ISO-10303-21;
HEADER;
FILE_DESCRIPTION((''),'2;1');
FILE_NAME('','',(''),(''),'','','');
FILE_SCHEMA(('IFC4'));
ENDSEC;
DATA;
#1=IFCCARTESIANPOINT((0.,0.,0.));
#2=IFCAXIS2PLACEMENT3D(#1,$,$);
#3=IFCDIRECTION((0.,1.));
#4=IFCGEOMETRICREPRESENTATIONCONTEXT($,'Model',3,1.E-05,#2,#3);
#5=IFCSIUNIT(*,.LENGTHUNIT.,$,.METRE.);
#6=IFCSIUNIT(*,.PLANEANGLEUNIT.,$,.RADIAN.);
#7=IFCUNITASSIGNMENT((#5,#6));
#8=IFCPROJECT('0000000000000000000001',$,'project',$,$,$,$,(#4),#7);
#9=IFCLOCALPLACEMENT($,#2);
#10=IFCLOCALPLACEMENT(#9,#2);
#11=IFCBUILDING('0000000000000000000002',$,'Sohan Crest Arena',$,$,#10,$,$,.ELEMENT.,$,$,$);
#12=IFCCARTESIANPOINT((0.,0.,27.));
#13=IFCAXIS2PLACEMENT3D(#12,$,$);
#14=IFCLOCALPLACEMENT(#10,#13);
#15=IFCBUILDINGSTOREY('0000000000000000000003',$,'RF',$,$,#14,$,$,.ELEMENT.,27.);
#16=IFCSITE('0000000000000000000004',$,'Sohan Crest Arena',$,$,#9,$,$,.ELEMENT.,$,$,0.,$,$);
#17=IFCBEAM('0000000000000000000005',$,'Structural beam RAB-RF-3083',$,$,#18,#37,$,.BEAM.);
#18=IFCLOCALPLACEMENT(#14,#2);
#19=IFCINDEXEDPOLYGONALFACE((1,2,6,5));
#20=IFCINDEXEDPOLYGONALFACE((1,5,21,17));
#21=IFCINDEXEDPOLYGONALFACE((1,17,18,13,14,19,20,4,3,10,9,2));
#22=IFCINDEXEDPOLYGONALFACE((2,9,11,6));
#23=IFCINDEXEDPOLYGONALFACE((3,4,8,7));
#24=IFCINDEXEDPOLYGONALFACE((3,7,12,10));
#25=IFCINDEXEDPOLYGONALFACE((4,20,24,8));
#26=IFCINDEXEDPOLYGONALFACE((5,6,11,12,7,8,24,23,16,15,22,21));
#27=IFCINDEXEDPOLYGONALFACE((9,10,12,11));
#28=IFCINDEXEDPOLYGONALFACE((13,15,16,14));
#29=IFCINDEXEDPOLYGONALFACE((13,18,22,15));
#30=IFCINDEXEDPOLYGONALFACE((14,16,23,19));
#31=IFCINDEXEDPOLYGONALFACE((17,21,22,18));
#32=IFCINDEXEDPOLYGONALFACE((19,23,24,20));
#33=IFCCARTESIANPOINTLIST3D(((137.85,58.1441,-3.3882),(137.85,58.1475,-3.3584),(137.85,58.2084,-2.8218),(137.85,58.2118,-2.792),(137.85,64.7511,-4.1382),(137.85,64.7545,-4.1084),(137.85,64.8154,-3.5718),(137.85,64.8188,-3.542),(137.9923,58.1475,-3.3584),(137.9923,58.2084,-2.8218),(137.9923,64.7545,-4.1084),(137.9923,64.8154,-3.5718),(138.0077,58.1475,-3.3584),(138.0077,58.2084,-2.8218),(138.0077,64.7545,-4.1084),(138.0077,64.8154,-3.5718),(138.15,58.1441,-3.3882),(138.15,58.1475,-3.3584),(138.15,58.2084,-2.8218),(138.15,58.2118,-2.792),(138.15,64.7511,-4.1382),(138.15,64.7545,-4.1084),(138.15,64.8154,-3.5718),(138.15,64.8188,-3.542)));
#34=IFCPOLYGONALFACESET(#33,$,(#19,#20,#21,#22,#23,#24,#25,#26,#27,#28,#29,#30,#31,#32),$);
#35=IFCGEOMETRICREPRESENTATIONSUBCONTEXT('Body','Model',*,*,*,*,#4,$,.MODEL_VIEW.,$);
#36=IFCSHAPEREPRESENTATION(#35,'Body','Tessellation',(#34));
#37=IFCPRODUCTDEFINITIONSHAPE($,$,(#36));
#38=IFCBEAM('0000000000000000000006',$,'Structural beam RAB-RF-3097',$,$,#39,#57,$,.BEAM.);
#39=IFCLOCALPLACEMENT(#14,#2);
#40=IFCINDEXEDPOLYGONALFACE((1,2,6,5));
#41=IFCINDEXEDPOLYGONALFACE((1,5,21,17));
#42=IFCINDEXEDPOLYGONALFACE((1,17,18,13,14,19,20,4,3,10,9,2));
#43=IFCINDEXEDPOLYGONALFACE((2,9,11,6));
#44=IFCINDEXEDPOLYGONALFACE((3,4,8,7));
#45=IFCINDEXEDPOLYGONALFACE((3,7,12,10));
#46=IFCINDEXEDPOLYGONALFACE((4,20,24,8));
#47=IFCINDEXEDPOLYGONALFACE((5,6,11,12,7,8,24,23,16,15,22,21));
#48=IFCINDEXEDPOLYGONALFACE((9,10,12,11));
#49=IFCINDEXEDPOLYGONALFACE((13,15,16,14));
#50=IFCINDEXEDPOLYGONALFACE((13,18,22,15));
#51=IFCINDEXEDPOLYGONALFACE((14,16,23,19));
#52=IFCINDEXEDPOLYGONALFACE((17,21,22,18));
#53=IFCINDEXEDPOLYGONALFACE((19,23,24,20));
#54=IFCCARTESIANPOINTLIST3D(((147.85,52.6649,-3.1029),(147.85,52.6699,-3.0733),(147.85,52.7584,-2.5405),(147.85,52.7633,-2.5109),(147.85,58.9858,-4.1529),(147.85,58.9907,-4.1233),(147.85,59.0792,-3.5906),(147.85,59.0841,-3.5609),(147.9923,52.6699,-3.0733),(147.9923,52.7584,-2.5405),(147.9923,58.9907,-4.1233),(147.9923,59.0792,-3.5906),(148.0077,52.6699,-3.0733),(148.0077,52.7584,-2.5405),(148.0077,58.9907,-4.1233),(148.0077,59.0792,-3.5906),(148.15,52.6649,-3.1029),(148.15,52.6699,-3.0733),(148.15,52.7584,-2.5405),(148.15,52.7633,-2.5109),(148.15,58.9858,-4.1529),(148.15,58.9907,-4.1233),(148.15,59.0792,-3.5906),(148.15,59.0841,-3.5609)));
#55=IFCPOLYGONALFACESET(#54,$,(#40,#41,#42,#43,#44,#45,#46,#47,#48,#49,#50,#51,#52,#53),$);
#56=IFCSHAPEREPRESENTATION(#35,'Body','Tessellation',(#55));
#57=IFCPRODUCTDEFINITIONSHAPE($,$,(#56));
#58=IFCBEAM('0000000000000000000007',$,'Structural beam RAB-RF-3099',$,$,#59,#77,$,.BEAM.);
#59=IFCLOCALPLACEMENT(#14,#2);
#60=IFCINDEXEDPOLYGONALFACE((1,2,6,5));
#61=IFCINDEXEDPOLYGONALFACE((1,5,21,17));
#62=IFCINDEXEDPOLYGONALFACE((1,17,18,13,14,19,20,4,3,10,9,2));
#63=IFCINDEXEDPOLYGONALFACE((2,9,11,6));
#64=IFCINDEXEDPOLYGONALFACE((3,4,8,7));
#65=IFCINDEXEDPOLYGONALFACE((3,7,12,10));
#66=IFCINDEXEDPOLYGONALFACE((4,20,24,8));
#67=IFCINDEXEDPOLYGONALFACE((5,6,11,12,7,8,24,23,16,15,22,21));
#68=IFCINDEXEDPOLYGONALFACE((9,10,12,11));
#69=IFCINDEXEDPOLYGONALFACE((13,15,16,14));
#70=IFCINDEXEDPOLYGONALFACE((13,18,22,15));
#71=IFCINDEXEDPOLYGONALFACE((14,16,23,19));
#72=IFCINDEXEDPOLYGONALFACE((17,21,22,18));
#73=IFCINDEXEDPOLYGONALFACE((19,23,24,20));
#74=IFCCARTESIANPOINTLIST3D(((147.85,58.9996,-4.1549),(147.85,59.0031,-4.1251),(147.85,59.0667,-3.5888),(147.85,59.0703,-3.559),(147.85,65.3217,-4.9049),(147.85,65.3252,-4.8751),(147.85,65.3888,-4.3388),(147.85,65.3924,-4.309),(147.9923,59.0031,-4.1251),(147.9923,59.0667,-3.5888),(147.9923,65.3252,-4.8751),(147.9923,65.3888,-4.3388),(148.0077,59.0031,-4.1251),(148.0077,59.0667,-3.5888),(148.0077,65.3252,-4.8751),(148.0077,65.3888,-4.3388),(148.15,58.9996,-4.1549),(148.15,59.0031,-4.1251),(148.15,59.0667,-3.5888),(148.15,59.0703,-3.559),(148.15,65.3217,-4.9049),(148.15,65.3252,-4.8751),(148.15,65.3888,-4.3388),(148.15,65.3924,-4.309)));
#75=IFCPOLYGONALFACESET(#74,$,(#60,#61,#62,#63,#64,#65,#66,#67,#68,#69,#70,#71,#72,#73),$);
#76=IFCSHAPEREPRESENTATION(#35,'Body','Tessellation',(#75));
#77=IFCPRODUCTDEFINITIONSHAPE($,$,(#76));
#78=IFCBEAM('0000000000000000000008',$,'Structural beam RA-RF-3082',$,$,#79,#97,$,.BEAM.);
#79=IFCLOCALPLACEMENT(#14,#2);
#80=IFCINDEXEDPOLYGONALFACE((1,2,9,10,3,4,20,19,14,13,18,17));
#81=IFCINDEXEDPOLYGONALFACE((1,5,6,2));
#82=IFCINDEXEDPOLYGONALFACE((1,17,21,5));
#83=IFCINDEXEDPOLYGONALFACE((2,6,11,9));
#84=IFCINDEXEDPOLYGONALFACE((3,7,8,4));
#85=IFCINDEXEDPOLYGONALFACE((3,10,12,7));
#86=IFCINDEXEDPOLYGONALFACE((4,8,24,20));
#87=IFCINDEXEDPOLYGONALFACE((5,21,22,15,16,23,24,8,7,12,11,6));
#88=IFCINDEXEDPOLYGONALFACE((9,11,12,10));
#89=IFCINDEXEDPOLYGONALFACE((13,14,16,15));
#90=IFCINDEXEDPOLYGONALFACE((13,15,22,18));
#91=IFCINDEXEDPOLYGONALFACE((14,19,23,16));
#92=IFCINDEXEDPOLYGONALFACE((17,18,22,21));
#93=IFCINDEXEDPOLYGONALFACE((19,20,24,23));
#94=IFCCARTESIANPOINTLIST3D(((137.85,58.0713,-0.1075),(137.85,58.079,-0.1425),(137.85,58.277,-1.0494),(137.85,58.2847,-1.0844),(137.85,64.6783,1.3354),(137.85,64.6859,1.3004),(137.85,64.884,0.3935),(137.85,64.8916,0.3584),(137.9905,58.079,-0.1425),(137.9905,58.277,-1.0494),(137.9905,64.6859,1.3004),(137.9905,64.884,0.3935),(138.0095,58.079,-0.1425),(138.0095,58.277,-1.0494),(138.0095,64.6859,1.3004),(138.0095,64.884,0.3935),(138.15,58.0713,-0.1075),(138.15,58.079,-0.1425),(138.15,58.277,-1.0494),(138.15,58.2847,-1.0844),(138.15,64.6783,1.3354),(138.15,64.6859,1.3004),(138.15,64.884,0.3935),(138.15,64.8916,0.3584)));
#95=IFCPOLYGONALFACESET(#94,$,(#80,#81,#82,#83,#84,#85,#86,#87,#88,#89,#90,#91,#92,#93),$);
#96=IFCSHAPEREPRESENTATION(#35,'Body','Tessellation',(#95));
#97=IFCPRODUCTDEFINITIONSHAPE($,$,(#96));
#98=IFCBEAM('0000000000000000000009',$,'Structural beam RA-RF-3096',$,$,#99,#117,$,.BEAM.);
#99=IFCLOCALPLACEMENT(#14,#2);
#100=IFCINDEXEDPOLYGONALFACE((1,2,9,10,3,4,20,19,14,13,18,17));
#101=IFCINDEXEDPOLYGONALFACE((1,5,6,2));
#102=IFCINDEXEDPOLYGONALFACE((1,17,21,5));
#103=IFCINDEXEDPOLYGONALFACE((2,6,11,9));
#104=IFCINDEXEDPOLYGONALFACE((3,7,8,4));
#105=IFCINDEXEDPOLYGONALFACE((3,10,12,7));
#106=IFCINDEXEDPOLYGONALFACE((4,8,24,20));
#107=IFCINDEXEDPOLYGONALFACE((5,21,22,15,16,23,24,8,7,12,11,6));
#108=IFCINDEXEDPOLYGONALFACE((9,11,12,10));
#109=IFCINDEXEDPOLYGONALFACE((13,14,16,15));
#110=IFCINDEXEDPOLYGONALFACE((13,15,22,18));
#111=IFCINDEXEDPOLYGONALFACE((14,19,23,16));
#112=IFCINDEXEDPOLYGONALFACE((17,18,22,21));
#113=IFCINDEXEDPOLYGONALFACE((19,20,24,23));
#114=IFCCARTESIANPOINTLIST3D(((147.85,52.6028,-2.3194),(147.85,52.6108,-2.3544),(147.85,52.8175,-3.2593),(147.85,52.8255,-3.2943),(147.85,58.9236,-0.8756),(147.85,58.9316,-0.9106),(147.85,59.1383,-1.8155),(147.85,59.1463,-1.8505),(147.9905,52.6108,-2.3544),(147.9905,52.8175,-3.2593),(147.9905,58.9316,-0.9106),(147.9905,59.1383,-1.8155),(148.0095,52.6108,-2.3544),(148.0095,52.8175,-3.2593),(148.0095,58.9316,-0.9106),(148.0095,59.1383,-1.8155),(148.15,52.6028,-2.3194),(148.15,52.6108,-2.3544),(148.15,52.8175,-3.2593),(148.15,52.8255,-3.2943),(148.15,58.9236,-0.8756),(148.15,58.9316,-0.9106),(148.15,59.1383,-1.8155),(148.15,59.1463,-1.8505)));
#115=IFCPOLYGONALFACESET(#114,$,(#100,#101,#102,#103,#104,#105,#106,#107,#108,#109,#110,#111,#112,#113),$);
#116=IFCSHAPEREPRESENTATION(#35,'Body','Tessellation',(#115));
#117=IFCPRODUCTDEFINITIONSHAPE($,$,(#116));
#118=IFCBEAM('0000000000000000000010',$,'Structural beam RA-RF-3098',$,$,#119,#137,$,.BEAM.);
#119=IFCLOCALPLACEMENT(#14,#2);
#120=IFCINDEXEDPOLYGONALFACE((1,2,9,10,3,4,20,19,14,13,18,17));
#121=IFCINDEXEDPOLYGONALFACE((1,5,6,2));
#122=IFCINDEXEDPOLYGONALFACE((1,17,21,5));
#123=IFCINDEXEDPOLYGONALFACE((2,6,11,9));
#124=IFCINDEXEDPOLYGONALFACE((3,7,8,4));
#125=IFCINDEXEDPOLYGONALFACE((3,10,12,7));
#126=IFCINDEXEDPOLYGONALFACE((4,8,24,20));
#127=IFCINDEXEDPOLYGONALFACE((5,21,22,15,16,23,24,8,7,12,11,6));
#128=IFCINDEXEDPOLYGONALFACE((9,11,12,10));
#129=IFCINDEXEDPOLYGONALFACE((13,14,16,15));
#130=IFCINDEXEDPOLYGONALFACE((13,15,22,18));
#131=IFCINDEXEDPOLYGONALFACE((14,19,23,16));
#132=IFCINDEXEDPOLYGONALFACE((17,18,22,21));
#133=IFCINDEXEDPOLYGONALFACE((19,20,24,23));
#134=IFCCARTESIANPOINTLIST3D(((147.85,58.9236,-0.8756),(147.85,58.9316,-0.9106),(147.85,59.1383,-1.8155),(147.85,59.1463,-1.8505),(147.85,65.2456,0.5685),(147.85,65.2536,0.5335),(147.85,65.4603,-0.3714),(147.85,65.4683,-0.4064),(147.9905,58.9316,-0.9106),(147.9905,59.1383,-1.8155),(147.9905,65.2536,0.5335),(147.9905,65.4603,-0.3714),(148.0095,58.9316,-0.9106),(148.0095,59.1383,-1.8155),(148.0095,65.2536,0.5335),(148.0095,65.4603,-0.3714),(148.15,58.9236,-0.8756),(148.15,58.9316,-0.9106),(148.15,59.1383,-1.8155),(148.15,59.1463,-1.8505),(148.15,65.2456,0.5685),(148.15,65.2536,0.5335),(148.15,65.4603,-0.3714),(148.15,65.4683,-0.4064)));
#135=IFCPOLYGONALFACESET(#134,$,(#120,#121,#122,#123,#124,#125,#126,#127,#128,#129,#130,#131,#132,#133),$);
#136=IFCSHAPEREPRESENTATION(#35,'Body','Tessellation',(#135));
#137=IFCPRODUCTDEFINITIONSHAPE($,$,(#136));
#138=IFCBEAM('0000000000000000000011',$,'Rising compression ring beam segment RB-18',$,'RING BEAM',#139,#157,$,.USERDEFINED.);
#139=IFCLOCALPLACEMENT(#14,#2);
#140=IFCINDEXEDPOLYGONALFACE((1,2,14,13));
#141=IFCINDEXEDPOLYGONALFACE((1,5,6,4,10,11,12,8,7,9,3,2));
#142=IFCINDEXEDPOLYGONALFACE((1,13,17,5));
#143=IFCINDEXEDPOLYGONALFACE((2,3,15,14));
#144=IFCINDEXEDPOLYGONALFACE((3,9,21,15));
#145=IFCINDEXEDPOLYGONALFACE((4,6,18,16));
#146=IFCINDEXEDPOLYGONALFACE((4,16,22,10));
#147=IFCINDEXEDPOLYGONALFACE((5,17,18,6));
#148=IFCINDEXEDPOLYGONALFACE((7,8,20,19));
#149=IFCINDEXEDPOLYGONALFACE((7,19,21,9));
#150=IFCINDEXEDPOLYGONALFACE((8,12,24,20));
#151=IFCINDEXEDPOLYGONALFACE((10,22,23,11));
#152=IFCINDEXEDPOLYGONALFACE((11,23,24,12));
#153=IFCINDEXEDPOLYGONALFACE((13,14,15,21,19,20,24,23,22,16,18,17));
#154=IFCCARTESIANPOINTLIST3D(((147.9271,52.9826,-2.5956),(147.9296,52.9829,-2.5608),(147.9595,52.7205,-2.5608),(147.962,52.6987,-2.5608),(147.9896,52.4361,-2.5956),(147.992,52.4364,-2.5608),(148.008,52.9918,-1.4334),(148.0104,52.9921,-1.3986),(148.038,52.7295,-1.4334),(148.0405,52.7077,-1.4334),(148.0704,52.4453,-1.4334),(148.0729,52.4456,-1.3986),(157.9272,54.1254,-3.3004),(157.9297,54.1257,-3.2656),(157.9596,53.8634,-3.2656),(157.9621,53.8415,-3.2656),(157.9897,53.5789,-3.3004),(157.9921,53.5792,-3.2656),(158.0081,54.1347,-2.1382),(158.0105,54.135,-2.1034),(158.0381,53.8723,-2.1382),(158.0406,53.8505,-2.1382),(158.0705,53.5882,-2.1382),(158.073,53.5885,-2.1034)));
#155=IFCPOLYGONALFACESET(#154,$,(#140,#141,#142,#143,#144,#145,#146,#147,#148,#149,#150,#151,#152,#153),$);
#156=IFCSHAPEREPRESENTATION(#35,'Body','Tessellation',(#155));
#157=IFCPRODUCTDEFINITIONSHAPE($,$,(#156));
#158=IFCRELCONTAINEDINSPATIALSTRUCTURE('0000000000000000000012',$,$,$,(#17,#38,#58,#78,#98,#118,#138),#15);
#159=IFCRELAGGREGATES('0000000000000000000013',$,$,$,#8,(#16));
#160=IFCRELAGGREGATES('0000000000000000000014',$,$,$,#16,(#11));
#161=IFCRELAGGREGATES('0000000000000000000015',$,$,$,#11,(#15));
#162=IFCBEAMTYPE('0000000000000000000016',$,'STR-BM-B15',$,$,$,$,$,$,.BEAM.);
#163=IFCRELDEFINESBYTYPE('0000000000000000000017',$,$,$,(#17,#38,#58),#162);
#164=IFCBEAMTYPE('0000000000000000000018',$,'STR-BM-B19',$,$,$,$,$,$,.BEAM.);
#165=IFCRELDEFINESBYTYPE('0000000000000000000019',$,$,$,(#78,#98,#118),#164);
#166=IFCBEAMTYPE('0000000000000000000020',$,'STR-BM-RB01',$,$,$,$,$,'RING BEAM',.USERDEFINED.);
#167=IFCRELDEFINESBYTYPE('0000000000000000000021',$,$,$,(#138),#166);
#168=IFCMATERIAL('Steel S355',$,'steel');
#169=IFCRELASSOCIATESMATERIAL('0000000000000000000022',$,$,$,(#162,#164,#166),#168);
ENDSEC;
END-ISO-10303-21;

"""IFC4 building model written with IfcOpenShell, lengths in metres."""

from ifc_helpers import new_model, si_unit, direction, frame, origin, origin_2d, place, context, subcontext, project, spatial, i_section, extrude, material, material_profile, profile_set, type_object, element, save


model = new_model("IFC4")

# Units and contexts
model_context = context("Model", 3, precision=1e-05, world=origin(), true_north=direction((0.0, 1.0)))
body_context = subcontext(model_context, "Body", "Model", "MODEL_VIEW")
ifc_project = project(units=[si_unit("LENGTHUNIT", "METRE"), si_unit("PLANEANGLEUNIT", "RADIAN")], contexts=[model_context])

# Site, building, storey
site_placement = place(None, origin())
site = spatial("IfcSite", under=ifc_project, at=site_placement, Name="Sohan Crest Arena", CompositionType="ELEMENT", RefElevation=0.0)
building_placement = place(site_placement, origin())
building = spatial("IfcBuilding", under=site, at=building_placement, Name="Sohan Crest Arena", CompositionType="ELEMENT")
storey_placement = place(building_placement, frame((0.0, 0.0, 27.0)))
storey = spatial("IfcBuildingStorey", under=building, at=storey_placement, Name="RF", CompositionType="ELEMENT", Elevation=27.0)

# Beams
ifc_material_1 = material(Name="Steel S355", Category="steel")
ifc_material_profile_1 = material_profile(ifc_material_1, i_section(OverallWidth=0.3, OverallDepth=0.6001, WebThickness=0.0154, FlangeThickness=0.03, at=origin_2d()), Name="HEB 600")
ifc_profile_set_1 = profile_set([ifc_material_profile_1], Name="Steel S355")
beam_type_1 = type_object("IfcBeamType", Name="STR-BM-B15", PredefinedType="BEAM", material=ifc_profile_set_1)
beam_1_placement = place(storey_placement, frame((138.0, 58.178, -3.0901), z_axis=(0.0, 0.993619, -0.112793), x_axis=(-1.0, 0.0, 0.0)))
element("IfcBeam", 1, at=beam_1_placement, inside=storey, type_object=beam_type_1, Name="Structural beam RAB-RF-3083", PredefinedType="BEAM", context=body_context, shape_type="SweptSolid", body=[
    extrude(i_section(OverallWidth=0.3, OverallDepth=0.6001, WebThickness=0.0154, FlangeThickness=0.03, at=origin_2d()), origin(), (0.0, 0.0, 1.0), 6.6494),
])
beam_2_placement = place(storey_placement, frame((148.0, 52.7141, -2.8069), z_axis=(0.0, 0.98648, -0.16388), x_axis=(-1.0, 0.0, 0.0)))
element("IfcBeam", 2, at=beam_2_placement, inside=storey, type_object=beam_type_1, Name="Structural beam RAB-RF-3097", PredefinedType="BEAM", context=body_context, shape_type="SweptSolid", body=[
    extrude(i_section(OverallWidth=0.3, OverallDepth=0.6001, WebThickness=0.0154, FlangeThickness=0.03, at=origin_2d()), origin(), (0.0, 0.0, 1.0), 6.4075),
])
beam_3_placement = place(storey_placement, frame((148.0, 59.0349, -3.8569), z_axis=(0.0, 0.993037, -0.117807), x_axis=(-1.0, 0.0, 0.0)))
element("IfcBeam", 3, at=beam_3_placement, inside=storey, type_object=beam_type_1, Name="Structural beam RAB-RF-3099", PredefinedType="BEAM", context=body_context, shape_type="SweptSolid", body=[
    extrude(i_section(OverallWidth=0.3, OverallDepth=0.6001, WebThickness=0.0154, FlangeThickness=0.03, at=origin_2d()), origin(), (0.0, 0.0, 1.0), 6.3665),
])
ifc_material_profile_2 = material_profile(ifc_material_1, i_section(OverallWidth=0.3, OverallDepth=1.0, WebThickness=0.019, FlangeThickness=0.0359, at=origin_2d()), Name="HEB 1000")
ifc_profile_set_2 = profile_set([ifc_material_profile_2], Name="Steel S355")
beam_type_2 = type_object("IfcBeamType", Name="STR-BM-B19", PredefinedType="BEAM", material=ifc_profile_set_2)
beam_4_placement = place(storey_placement, frame((138.0, 58.178, -0.5959), z_axis=(0.0, 0.976974, 0.213359), x_axis=(-1.0, 0.0, 0.0)))
element("IfcBeam", 4, at=beam_4_placement, inside=storey, type_object=beam_type_2, Name="Structural beam RA-RF-3082", PredefinedType="BEAM", context=body_context, shape_type="SweptSolid", body=[
    extrude(i_section(OverallWidth=0.3, OverallDepth=1.0, WebThickness=0.019, FlangeThickness=0.0359, at=origin_2d()), origin(), (0.0, 0.0, 1.0), 6.7627),
])
beam_5_placement = place(storey_placement, frame((148.0, 52.7141, -2.8069), z_axis=(0.0, 0.974889, 0.222692), x_axis=(-1.0, 0.0, 0.0)))
element("IfcBeam", 5, at=beam_5_placement, inside=storey, type_object=beam_type_2, Name="Structural beam RA-RF-3096", PredefinedType="BEAM", context=body_context, shape_type="SweptSolid", body=[
    extrude(i_section(OverallWidth=0.3, OverallDepth=1.0, WebThickness=0.019, FlangeThickness=0.0359, at=origin_2d()), origin(), (0.0, 0.0, 1.0), 6.4836),
])
beam_6_placement = place(storey_placement, frame((148.0, 59.0349, -1.363), z_axis=(0.0, 0.97489, 0.222687), x_axis=(-1.0, 0.0, 0.0)))
element("IfcBeam", 6, at=beam_6_placement, inside=storey, type_object=beam_type_2, Name="Structural beam RA-RF-3098", PredefinedType="BEAM", context=body_context, shape_type="SweptSolid", body=[
    extrude(i_section(OverallWidth=0.3, OverallDepth=1.0, WebThickness=0.019, FlangeThickness=0.0359, at=origin_2d()), origin(), (0.0, 0.0, 1.0), 6.4849),
])
ifc_material_profile_3 = material_profile(ifc_material_1, i_section(OverallWidth=0.55, OverallDepth=1.2, WebThickness=0.022, FlangeThickness=0.0349, at=origin_2d()), Name="PG 1200x550x22x35")
ifc_profile_set_3 = profile_set([ifc_material_profile_3], Name="Steel S355")
beam_type_3 = type_object("IfcBeamType", Name="STR-BM-RB01", ElementType="RING BEAM", PredefinedType="USERDEFINED", material=ifc_profile_set_3)
beam_7_placement = place(storey_placement, frame((148.0, 52.7141, -1.9971), z_axis=(0.991106, 0.113266, -0.069857), x_axis=(-0.113543, 0.993533, 0.0)))
element("IfcBeam", 7, at=beam_7_placement, inside=storey, type_object=beam_type_3, Name="Rising compression ring beam segment RB-18", ObjectType="RING BEAM", PredefinedType="USERDEFINED", context=body_context, shape_type="SweptSolid", body=[
    extrude(i_section(OverallWidth=0.55, OverallDepth=1.2, WebThickness=0.022, FlangeThickness=0.0349, at=origin_2d()), origin(), (0.0, 0.0, 1.0), 10.0898),
])

save(model, "model.ifc")
